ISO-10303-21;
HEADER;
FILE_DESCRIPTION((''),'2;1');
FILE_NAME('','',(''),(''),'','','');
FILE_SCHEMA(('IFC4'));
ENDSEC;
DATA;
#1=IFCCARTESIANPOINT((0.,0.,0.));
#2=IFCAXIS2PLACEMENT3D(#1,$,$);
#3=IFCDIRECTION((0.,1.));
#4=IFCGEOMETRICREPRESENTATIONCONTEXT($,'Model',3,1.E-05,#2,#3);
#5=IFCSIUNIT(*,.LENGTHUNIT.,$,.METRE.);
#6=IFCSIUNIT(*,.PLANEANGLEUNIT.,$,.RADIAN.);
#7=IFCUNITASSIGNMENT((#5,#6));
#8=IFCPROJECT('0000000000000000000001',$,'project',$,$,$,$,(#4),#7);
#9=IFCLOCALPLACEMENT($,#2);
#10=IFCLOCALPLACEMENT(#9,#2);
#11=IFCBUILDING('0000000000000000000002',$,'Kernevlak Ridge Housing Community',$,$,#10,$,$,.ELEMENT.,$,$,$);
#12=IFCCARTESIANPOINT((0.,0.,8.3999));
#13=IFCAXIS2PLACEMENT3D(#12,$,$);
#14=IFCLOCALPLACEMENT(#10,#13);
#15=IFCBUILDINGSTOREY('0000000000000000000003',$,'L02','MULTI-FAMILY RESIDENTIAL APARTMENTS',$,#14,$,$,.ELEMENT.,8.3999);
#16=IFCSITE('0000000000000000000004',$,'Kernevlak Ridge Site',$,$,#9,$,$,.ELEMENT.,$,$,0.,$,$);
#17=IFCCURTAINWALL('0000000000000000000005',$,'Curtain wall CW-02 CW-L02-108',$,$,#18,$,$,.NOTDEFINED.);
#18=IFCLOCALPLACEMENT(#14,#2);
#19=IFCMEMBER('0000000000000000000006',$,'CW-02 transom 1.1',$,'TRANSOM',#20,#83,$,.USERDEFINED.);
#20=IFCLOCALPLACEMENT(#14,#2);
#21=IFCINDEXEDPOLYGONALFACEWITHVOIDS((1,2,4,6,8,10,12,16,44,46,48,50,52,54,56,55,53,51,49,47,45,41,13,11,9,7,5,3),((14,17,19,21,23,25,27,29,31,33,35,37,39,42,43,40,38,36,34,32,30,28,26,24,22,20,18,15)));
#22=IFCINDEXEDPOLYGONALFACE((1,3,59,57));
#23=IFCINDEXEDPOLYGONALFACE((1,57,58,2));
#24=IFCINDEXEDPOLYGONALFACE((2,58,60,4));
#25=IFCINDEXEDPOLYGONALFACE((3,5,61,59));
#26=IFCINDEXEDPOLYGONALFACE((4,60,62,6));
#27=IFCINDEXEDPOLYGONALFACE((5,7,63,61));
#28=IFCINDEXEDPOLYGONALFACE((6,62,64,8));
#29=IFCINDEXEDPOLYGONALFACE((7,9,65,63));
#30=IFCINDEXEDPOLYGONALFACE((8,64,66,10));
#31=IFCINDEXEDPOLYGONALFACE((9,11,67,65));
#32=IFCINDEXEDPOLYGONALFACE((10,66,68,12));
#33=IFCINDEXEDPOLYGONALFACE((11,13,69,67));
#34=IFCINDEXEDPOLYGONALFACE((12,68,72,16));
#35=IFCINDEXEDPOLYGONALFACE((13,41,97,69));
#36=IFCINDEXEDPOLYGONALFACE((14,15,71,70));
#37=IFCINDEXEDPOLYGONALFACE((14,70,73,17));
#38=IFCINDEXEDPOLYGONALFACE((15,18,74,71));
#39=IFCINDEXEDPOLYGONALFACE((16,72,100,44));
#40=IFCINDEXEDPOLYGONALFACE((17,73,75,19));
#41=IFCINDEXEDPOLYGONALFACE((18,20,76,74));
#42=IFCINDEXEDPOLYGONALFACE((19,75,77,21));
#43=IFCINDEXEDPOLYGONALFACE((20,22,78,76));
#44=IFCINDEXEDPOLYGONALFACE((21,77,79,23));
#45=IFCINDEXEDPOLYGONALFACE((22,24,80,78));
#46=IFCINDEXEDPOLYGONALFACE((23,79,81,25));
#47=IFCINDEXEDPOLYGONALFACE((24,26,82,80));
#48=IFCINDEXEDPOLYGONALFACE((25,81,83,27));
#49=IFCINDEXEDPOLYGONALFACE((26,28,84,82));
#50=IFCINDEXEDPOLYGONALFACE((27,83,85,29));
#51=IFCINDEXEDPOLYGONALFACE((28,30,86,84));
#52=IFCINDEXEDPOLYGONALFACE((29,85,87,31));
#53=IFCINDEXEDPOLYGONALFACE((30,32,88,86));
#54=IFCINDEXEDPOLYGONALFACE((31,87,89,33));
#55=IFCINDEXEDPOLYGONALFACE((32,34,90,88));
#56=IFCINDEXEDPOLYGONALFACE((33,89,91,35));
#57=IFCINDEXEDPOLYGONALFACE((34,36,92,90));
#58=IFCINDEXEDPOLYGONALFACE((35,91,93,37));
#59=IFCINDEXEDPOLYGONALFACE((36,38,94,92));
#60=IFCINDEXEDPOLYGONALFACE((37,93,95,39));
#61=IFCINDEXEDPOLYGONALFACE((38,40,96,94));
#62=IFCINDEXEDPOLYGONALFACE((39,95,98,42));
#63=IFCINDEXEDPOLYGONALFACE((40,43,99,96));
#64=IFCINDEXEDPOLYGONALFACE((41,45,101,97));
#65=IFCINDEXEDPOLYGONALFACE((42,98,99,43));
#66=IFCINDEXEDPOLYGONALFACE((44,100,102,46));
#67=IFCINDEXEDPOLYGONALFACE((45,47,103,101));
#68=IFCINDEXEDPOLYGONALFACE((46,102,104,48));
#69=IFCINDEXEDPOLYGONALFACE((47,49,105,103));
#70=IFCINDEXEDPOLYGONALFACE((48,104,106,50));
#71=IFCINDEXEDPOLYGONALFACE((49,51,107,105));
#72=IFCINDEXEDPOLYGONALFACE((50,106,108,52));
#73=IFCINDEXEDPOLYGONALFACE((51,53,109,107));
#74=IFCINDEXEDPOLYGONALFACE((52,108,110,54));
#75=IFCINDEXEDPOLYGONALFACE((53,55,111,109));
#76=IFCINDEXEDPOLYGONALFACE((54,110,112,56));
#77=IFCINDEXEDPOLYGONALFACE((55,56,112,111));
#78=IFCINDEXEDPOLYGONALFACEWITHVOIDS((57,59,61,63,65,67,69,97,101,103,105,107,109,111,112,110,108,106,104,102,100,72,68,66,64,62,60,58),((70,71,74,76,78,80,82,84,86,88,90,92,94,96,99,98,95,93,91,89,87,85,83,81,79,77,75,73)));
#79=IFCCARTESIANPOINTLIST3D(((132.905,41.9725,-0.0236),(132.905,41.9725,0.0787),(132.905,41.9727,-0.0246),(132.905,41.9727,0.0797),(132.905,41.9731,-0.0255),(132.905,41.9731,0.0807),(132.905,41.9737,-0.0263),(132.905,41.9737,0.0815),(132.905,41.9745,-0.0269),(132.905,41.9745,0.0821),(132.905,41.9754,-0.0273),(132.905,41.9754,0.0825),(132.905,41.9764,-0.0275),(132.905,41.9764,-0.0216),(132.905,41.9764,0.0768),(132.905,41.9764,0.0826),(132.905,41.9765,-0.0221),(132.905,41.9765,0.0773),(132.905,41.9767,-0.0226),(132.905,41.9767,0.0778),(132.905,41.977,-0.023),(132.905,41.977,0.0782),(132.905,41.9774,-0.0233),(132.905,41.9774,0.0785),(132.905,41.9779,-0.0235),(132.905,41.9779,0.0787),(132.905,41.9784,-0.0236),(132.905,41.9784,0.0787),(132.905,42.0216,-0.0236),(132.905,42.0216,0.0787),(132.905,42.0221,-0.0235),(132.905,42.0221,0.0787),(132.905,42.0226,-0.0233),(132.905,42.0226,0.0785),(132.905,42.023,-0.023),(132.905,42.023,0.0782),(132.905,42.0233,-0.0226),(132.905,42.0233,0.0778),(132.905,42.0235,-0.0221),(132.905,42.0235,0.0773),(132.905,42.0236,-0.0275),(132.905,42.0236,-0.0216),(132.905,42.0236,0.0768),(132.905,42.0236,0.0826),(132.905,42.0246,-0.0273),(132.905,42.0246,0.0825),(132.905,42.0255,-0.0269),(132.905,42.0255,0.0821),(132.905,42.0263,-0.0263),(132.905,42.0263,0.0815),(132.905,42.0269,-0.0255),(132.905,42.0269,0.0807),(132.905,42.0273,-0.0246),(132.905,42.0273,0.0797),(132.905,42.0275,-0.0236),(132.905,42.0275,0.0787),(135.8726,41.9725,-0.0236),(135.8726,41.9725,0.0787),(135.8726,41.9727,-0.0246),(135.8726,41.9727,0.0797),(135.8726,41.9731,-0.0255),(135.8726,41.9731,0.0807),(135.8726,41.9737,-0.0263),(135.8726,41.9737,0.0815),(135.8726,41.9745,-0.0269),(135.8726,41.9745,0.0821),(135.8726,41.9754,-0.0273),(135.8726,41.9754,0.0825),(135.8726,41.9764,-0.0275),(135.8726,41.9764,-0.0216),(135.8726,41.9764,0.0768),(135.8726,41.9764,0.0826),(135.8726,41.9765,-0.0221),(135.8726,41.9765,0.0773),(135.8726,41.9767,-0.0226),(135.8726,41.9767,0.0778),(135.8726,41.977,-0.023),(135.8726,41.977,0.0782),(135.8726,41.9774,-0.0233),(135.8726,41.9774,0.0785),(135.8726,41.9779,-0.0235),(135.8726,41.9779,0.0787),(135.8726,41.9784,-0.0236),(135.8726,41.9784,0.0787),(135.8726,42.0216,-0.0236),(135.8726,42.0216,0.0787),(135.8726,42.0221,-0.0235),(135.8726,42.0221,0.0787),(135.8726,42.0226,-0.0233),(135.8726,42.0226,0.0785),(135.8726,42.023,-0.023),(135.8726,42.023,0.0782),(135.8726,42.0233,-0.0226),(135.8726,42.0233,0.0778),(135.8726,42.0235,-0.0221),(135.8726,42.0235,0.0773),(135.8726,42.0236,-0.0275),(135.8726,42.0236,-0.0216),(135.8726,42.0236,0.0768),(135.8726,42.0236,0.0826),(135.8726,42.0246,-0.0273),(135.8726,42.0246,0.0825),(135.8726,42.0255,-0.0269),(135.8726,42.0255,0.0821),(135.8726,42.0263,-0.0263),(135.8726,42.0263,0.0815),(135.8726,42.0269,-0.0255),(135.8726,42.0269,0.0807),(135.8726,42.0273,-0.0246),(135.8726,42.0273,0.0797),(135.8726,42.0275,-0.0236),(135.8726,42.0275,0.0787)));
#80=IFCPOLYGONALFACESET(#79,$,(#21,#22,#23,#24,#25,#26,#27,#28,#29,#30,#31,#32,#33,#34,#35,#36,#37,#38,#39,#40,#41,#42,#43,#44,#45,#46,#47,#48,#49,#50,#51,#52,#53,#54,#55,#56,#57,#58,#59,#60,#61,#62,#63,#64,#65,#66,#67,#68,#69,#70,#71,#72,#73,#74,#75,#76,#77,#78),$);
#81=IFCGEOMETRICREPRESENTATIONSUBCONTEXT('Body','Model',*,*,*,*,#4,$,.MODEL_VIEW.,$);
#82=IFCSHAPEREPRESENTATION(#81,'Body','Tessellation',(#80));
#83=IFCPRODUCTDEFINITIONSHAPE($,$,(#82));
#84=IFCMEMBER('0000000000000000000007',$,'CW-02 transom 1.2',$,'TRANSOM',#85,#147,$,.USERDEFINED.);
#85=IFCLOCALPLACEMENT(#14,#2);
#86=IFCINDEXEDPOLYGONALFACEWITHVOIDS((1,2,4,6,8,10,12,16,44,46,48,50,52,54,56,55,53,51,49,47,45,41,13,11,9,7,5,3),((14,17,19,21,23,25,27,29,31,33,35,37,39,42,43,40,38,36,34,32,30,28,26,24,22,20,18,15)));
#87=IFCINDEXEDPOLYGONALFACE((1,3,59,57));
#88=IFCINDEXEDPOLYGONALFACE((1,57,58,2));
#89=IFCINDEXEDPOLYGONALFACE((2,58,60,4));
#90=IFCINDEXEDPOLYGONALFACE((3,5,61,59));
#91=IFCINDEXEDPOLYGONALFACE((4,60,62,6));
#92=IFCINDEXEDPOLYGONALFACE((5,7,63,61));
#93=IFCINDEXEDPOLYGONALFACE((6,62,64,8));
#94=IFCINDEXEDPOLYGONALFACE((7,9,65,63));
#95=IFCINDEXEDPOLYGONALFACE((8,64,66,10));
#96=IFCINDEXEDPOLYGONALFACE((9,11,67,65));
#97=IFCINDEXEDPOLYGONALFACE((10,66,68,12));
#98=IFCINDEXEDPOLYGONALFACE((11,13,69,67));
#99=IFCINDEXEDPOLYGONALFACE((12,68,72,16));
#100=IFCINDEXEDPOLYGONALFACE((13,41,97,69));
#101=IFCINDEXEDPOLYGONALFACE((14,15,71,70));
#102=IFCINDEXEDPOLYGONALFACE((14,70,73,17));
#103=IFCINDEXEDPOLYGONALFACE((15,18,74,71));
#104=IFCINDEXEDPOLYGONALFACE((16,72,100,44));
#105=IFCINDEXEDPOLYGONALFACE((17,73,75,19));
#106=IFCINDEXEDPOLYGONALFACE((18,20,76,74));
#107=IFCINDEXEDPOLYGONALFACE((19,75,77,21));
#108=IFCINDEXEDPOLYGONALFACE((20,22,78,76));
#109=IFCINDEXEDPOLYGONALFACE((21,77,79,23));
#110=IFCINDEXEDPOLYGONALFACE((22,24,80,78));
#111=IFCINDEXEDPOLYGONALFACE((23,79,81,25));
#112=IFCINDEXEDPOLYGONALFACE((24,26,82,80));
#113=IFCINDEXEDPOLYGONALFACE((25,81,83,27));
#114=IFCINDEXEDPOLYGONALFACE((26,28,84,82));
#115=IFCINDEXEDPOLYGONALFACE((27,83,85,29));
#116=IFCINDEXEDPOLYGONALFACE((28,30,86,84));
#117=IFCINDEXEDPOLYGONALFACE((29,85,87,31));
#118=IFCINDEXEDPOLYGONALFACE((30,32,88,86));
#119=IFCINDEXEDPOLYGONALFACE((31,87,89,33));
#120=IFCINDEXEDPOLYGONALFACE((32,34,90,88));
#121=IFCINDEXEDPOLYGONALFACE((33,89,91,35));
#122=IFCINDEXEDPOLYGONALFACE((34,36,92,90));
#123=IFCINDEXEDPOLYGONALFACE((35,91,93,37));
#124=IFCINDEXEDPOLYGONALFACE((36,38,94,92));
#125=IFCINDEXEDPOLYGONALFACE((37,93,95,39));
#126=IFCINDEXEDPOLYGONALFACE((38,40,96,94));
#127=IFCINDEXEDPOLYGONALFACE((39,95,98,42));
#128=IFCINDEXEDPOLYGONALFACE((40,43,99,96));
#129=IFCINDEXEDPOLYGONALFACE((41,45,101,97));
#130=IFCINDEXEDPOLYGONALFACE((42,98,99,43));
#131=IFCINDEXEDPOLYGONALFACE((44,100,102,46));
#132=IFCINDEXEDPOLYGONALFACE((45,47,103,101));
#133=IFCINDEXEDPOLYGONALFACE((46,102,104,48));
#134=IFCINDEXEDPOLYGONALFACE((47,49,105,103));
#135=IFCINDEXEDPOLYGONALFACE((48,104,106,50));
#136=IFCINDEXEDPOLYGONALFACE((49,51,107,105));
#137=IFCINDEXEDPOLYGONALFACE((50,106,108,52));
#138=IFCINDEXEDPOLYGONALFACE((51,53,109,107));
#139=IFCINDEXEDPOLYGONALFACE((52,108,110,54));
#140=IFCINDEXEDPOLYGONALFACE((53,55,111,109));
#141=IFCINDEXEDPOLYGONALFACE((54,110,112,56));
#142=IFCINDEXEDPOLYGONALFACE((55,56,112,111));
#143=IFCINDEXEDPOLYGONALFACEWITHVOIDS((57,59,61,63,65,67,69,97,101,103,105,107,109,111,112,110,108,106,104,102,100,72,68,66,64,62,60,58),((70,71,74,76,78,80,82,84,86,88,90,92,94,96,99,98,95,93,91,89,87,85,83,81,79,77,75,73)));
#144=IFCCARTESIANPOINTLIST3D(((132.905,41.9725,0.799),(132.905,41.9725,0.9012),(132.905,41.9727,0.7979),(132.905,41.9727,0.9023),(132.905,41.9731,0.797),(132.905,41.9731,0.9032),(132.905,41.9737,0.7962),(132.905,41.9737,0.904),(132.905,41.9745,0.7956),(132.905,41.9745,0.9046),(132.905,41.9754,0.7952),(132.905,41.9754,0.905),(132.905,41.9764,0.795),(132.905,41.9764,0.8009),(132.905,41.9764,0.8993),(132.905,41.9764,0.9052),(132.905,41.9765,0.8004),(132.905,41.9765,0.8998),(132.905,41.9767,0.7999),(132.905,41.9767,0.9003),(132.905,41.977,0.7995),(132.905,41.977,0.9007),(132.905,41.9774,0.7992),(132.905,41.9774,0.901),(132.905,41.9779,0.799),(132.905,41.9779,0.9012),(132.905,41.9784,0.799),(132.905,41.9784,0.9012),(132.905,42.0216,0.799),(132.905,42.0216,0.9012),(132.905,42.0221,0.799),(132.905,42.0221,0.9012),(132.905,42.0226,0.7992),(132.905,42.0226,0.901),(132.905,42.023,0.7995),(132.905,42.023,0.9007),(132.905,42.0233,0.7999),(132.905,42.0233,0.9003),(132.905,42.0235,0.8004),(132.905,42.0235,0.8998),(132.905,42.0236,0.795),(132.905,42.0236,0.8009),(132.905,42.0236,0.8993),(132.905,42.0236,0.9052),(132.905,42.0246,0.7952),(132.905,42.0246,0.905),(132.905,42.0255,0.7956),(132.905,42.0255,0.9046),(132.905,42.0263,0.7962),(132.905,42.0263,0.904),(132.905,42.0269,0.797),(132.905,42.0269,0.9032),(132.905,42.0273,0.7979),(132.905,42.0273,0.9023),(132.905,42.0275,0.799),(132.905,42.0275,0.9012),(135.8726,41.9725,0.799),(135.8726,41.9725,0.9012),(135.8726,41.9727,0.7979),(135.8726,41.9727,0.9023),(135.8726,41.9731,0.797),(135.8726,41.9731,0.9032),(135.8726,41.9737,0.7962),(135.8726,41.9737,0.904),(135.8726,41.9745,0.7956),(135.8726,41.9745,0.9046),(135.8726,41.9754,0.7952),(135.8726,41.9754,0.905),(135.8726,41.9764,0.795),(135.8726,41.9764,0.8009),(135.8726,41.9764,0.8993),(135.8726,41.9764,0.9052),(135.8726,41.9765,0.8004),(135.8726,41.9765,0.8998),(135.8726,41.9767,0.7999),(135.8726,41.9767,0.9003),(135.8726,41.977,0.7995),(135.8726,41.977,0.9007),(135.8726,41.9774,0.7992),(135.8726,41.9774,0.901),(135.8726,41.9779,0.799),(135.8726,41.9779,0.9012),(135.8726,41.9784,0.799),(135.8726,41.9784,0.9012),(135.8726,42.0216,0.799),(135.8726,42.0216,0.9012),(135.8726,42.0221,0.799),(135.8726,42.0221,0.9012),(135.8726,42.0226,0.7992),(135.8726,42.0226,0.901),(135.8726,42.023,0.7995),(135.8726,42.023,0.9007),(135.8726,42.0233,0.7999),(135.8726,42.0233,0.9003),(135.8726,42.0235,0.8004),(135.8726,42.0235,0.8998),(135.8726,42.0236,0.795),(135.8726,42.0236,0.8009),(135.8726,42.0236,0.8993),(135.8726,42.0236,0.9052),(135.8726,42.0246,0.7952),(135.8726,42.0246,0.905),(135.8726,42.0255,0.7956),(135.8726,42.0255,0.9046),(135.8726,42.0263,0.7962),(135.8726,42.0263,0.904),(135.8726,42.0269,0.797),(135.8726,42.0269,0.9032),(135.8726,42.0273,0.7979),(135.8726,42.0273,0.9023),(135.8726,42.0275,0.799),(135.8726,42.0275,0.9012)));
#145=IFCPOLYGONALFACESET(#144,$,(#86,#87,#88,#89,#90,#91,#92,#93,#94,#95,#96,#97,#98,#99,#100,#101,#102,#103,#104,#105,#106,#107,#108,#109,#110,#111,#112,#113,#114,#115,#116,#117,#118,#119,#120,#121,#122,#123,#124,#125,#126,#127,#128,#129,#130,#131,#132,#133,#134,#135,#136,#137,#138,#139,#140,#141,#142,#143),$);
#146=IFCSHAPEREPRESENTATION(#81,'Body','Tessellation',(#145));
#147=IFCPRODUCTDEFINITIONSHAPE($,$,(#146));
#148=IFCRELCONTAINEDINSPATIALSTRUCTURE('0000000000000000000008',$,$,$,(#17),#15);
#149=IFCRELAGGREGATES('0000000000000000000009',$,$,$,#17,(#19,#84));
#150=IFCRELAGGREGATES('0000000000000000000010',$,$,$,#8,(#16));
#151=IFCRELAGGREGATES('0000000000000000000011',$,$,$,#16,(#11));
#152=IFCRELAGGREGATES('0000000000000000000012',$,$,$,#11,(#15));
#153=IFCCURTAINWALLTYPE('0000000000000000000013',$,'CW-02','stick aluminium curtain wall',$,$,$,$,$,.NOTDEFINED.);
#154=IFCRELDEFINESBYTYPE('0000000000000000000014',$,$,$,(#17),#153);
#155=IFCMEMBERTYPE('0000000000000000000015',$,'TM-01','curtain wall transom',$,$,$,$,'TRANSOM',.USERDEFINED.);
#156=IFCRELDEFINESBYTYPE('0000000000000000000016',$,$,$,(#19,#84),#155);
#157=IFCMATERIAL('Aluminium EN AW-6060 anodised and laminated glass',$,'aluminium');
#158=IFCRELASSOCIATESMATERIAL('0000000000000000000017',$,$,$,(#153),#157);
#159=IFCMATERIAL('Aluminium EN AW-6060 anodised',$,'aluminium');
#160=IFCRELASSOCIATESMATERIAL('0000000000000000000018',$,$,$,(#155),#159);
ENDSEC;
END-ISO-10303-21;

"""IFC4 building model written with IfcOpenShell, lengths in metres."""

from ifc_helpers import new_model, si_unit, direction, frame, origin, origin_2d, place, context, subcontext, project, spatial, hollow_rectangle, extrude, material, material_profile, profile_set, type_object, element, aggregate, save


model = new_model("IFC4")

# Units and contexts
model_context = context("Model", 3, precision=1e-05, world=origin(), true_north=direction((0.0, 1.0)))
body_context = subcontext(model_context, "Body", "Model", "MODEL_VIEW")
ifc_project = project(units=[si_unit("LENGTHUNIT", "METRE"), si_unit("PLANEANGLEUNIT", "RADIAN")], contexts=[model_context])

# Site, building, storey
site_placement = place(None, origin())
site = spatial("IfcSite", under=ifc_project, at=site_placement, Name="Kernevlak Ridge Site", CompositionType="ELEMENT", RefElevation=0.0)
building_placement = place(site_placement, origin())
building = spatial("IfcBuilding", under=site, at=building_placement, Name="Kernevlak Ridge Housing Community", CompositionType="ELEMENT")
storey_placement = place(building_placement, frame((0.0, 0.0, 8.3999)))
storey = spatial("IfcBuildingStorey", under=building, at=storey_placement, Name="L02", Description="MULTI-FAMILY RESIDENTIAL APARTMENTS", CompositionType="ELEMENT", Elevation=8.3999)

# Curtain wall
ifc_material_1 = material(Name="Aluminium EN AW-6060 anodised and laminated glass", Category="aluminium")
curtain_wall_type = type_object("IfcCurtainWallType", Name="CW-02", Description="stick aluminium curtain wall", PredefinedType="NOTDEFINED", material=ifc_material_1)
curtain_wall_placement = place(storey_placement, origin())
curtain_wall = element("IfcCurtainWall", 1, at=curtain_wall_placement, inside=storey, type_object=curtain_wall_type, Name="Curtain wall CW-02 CW-L02-108", PredefinedType="NOTDEFINED")
ifc_material_2 = material(Name="Aluminium EN AW-6060 anodised", Category="aluminium")

# Members
ifc_material_profile_1 = material_profile(ifc_material_2, hollow_rectangle(XDim=0.0549, YDim=0.1101, WallThickness=0.0039, InnerFilletRadius=0.002, OuterFilletRadius=0.0039, at=origin_2d()), Name="ALU 55x110x4")
ifc_profile_set_1 = profile_set([ifc_material_profile_1], Name="Aluminium EN AW-6060 anodised")
member_type_1 = type_object("IfcMemberType", Name="TM-01", Description="curtain wall transom", ElementType="TRANSOM", PredefinedType="USERDEFINED", material=ifc_profile_set_1)
member_1_placement = place(storey_placement, frame((132.905, 42.0, 0.0276), z_axis=(1.0, 0.0, 0.0), x_axis=(0.0, 1.0, 0.0)))
member_1 = element("IfcMember", 2, at=member_1_placement, type_object=member_type_1, Name="CW-02 transom 1.1", ObjectType="TRANSOM", PredefinedType="USERDEFINED", context=body_context, shape_type="SweptSolid", body=[
    extrude(hollow_rectangle(XDim=0.0549, YDim=0.1101, WallThickness=0.0039, InnerFilletRadius=0.002, OuterFilletRadius=0.0039, at=origin_2d()), origin(), (0.0, 0.0, 1.0), 2.9675),
])
member_2_placement = place(storey_placement, frame((132.905, 42.0, 0.8501), z_axis=(1.0, 0.0, 0.0), x_axis=(0.0, 1.0, 0.0)))
member_2 = element("IfcMember", 3, at=member_2_placement, type_object=member_type_1, Name="CW-02 transom 1.2", ObjectType="TRANSOM", PredefinedType="USERDEFINED", context=body_context, shape_type="SweptSolid", body=[
    extrude(hollow_rectangle(XDim=0.0549, YDim=0.1101, WallThickness=0.0039, InnerFilletRadius=0.002, OuterFilletRadius=0.0039, at=origin_2d()), origin(), (0.0, 0.0, 1.0), 2.9675),
])
aggregate(curtain_wall, [member_1, member_2])

save(model, "model.ifc")
